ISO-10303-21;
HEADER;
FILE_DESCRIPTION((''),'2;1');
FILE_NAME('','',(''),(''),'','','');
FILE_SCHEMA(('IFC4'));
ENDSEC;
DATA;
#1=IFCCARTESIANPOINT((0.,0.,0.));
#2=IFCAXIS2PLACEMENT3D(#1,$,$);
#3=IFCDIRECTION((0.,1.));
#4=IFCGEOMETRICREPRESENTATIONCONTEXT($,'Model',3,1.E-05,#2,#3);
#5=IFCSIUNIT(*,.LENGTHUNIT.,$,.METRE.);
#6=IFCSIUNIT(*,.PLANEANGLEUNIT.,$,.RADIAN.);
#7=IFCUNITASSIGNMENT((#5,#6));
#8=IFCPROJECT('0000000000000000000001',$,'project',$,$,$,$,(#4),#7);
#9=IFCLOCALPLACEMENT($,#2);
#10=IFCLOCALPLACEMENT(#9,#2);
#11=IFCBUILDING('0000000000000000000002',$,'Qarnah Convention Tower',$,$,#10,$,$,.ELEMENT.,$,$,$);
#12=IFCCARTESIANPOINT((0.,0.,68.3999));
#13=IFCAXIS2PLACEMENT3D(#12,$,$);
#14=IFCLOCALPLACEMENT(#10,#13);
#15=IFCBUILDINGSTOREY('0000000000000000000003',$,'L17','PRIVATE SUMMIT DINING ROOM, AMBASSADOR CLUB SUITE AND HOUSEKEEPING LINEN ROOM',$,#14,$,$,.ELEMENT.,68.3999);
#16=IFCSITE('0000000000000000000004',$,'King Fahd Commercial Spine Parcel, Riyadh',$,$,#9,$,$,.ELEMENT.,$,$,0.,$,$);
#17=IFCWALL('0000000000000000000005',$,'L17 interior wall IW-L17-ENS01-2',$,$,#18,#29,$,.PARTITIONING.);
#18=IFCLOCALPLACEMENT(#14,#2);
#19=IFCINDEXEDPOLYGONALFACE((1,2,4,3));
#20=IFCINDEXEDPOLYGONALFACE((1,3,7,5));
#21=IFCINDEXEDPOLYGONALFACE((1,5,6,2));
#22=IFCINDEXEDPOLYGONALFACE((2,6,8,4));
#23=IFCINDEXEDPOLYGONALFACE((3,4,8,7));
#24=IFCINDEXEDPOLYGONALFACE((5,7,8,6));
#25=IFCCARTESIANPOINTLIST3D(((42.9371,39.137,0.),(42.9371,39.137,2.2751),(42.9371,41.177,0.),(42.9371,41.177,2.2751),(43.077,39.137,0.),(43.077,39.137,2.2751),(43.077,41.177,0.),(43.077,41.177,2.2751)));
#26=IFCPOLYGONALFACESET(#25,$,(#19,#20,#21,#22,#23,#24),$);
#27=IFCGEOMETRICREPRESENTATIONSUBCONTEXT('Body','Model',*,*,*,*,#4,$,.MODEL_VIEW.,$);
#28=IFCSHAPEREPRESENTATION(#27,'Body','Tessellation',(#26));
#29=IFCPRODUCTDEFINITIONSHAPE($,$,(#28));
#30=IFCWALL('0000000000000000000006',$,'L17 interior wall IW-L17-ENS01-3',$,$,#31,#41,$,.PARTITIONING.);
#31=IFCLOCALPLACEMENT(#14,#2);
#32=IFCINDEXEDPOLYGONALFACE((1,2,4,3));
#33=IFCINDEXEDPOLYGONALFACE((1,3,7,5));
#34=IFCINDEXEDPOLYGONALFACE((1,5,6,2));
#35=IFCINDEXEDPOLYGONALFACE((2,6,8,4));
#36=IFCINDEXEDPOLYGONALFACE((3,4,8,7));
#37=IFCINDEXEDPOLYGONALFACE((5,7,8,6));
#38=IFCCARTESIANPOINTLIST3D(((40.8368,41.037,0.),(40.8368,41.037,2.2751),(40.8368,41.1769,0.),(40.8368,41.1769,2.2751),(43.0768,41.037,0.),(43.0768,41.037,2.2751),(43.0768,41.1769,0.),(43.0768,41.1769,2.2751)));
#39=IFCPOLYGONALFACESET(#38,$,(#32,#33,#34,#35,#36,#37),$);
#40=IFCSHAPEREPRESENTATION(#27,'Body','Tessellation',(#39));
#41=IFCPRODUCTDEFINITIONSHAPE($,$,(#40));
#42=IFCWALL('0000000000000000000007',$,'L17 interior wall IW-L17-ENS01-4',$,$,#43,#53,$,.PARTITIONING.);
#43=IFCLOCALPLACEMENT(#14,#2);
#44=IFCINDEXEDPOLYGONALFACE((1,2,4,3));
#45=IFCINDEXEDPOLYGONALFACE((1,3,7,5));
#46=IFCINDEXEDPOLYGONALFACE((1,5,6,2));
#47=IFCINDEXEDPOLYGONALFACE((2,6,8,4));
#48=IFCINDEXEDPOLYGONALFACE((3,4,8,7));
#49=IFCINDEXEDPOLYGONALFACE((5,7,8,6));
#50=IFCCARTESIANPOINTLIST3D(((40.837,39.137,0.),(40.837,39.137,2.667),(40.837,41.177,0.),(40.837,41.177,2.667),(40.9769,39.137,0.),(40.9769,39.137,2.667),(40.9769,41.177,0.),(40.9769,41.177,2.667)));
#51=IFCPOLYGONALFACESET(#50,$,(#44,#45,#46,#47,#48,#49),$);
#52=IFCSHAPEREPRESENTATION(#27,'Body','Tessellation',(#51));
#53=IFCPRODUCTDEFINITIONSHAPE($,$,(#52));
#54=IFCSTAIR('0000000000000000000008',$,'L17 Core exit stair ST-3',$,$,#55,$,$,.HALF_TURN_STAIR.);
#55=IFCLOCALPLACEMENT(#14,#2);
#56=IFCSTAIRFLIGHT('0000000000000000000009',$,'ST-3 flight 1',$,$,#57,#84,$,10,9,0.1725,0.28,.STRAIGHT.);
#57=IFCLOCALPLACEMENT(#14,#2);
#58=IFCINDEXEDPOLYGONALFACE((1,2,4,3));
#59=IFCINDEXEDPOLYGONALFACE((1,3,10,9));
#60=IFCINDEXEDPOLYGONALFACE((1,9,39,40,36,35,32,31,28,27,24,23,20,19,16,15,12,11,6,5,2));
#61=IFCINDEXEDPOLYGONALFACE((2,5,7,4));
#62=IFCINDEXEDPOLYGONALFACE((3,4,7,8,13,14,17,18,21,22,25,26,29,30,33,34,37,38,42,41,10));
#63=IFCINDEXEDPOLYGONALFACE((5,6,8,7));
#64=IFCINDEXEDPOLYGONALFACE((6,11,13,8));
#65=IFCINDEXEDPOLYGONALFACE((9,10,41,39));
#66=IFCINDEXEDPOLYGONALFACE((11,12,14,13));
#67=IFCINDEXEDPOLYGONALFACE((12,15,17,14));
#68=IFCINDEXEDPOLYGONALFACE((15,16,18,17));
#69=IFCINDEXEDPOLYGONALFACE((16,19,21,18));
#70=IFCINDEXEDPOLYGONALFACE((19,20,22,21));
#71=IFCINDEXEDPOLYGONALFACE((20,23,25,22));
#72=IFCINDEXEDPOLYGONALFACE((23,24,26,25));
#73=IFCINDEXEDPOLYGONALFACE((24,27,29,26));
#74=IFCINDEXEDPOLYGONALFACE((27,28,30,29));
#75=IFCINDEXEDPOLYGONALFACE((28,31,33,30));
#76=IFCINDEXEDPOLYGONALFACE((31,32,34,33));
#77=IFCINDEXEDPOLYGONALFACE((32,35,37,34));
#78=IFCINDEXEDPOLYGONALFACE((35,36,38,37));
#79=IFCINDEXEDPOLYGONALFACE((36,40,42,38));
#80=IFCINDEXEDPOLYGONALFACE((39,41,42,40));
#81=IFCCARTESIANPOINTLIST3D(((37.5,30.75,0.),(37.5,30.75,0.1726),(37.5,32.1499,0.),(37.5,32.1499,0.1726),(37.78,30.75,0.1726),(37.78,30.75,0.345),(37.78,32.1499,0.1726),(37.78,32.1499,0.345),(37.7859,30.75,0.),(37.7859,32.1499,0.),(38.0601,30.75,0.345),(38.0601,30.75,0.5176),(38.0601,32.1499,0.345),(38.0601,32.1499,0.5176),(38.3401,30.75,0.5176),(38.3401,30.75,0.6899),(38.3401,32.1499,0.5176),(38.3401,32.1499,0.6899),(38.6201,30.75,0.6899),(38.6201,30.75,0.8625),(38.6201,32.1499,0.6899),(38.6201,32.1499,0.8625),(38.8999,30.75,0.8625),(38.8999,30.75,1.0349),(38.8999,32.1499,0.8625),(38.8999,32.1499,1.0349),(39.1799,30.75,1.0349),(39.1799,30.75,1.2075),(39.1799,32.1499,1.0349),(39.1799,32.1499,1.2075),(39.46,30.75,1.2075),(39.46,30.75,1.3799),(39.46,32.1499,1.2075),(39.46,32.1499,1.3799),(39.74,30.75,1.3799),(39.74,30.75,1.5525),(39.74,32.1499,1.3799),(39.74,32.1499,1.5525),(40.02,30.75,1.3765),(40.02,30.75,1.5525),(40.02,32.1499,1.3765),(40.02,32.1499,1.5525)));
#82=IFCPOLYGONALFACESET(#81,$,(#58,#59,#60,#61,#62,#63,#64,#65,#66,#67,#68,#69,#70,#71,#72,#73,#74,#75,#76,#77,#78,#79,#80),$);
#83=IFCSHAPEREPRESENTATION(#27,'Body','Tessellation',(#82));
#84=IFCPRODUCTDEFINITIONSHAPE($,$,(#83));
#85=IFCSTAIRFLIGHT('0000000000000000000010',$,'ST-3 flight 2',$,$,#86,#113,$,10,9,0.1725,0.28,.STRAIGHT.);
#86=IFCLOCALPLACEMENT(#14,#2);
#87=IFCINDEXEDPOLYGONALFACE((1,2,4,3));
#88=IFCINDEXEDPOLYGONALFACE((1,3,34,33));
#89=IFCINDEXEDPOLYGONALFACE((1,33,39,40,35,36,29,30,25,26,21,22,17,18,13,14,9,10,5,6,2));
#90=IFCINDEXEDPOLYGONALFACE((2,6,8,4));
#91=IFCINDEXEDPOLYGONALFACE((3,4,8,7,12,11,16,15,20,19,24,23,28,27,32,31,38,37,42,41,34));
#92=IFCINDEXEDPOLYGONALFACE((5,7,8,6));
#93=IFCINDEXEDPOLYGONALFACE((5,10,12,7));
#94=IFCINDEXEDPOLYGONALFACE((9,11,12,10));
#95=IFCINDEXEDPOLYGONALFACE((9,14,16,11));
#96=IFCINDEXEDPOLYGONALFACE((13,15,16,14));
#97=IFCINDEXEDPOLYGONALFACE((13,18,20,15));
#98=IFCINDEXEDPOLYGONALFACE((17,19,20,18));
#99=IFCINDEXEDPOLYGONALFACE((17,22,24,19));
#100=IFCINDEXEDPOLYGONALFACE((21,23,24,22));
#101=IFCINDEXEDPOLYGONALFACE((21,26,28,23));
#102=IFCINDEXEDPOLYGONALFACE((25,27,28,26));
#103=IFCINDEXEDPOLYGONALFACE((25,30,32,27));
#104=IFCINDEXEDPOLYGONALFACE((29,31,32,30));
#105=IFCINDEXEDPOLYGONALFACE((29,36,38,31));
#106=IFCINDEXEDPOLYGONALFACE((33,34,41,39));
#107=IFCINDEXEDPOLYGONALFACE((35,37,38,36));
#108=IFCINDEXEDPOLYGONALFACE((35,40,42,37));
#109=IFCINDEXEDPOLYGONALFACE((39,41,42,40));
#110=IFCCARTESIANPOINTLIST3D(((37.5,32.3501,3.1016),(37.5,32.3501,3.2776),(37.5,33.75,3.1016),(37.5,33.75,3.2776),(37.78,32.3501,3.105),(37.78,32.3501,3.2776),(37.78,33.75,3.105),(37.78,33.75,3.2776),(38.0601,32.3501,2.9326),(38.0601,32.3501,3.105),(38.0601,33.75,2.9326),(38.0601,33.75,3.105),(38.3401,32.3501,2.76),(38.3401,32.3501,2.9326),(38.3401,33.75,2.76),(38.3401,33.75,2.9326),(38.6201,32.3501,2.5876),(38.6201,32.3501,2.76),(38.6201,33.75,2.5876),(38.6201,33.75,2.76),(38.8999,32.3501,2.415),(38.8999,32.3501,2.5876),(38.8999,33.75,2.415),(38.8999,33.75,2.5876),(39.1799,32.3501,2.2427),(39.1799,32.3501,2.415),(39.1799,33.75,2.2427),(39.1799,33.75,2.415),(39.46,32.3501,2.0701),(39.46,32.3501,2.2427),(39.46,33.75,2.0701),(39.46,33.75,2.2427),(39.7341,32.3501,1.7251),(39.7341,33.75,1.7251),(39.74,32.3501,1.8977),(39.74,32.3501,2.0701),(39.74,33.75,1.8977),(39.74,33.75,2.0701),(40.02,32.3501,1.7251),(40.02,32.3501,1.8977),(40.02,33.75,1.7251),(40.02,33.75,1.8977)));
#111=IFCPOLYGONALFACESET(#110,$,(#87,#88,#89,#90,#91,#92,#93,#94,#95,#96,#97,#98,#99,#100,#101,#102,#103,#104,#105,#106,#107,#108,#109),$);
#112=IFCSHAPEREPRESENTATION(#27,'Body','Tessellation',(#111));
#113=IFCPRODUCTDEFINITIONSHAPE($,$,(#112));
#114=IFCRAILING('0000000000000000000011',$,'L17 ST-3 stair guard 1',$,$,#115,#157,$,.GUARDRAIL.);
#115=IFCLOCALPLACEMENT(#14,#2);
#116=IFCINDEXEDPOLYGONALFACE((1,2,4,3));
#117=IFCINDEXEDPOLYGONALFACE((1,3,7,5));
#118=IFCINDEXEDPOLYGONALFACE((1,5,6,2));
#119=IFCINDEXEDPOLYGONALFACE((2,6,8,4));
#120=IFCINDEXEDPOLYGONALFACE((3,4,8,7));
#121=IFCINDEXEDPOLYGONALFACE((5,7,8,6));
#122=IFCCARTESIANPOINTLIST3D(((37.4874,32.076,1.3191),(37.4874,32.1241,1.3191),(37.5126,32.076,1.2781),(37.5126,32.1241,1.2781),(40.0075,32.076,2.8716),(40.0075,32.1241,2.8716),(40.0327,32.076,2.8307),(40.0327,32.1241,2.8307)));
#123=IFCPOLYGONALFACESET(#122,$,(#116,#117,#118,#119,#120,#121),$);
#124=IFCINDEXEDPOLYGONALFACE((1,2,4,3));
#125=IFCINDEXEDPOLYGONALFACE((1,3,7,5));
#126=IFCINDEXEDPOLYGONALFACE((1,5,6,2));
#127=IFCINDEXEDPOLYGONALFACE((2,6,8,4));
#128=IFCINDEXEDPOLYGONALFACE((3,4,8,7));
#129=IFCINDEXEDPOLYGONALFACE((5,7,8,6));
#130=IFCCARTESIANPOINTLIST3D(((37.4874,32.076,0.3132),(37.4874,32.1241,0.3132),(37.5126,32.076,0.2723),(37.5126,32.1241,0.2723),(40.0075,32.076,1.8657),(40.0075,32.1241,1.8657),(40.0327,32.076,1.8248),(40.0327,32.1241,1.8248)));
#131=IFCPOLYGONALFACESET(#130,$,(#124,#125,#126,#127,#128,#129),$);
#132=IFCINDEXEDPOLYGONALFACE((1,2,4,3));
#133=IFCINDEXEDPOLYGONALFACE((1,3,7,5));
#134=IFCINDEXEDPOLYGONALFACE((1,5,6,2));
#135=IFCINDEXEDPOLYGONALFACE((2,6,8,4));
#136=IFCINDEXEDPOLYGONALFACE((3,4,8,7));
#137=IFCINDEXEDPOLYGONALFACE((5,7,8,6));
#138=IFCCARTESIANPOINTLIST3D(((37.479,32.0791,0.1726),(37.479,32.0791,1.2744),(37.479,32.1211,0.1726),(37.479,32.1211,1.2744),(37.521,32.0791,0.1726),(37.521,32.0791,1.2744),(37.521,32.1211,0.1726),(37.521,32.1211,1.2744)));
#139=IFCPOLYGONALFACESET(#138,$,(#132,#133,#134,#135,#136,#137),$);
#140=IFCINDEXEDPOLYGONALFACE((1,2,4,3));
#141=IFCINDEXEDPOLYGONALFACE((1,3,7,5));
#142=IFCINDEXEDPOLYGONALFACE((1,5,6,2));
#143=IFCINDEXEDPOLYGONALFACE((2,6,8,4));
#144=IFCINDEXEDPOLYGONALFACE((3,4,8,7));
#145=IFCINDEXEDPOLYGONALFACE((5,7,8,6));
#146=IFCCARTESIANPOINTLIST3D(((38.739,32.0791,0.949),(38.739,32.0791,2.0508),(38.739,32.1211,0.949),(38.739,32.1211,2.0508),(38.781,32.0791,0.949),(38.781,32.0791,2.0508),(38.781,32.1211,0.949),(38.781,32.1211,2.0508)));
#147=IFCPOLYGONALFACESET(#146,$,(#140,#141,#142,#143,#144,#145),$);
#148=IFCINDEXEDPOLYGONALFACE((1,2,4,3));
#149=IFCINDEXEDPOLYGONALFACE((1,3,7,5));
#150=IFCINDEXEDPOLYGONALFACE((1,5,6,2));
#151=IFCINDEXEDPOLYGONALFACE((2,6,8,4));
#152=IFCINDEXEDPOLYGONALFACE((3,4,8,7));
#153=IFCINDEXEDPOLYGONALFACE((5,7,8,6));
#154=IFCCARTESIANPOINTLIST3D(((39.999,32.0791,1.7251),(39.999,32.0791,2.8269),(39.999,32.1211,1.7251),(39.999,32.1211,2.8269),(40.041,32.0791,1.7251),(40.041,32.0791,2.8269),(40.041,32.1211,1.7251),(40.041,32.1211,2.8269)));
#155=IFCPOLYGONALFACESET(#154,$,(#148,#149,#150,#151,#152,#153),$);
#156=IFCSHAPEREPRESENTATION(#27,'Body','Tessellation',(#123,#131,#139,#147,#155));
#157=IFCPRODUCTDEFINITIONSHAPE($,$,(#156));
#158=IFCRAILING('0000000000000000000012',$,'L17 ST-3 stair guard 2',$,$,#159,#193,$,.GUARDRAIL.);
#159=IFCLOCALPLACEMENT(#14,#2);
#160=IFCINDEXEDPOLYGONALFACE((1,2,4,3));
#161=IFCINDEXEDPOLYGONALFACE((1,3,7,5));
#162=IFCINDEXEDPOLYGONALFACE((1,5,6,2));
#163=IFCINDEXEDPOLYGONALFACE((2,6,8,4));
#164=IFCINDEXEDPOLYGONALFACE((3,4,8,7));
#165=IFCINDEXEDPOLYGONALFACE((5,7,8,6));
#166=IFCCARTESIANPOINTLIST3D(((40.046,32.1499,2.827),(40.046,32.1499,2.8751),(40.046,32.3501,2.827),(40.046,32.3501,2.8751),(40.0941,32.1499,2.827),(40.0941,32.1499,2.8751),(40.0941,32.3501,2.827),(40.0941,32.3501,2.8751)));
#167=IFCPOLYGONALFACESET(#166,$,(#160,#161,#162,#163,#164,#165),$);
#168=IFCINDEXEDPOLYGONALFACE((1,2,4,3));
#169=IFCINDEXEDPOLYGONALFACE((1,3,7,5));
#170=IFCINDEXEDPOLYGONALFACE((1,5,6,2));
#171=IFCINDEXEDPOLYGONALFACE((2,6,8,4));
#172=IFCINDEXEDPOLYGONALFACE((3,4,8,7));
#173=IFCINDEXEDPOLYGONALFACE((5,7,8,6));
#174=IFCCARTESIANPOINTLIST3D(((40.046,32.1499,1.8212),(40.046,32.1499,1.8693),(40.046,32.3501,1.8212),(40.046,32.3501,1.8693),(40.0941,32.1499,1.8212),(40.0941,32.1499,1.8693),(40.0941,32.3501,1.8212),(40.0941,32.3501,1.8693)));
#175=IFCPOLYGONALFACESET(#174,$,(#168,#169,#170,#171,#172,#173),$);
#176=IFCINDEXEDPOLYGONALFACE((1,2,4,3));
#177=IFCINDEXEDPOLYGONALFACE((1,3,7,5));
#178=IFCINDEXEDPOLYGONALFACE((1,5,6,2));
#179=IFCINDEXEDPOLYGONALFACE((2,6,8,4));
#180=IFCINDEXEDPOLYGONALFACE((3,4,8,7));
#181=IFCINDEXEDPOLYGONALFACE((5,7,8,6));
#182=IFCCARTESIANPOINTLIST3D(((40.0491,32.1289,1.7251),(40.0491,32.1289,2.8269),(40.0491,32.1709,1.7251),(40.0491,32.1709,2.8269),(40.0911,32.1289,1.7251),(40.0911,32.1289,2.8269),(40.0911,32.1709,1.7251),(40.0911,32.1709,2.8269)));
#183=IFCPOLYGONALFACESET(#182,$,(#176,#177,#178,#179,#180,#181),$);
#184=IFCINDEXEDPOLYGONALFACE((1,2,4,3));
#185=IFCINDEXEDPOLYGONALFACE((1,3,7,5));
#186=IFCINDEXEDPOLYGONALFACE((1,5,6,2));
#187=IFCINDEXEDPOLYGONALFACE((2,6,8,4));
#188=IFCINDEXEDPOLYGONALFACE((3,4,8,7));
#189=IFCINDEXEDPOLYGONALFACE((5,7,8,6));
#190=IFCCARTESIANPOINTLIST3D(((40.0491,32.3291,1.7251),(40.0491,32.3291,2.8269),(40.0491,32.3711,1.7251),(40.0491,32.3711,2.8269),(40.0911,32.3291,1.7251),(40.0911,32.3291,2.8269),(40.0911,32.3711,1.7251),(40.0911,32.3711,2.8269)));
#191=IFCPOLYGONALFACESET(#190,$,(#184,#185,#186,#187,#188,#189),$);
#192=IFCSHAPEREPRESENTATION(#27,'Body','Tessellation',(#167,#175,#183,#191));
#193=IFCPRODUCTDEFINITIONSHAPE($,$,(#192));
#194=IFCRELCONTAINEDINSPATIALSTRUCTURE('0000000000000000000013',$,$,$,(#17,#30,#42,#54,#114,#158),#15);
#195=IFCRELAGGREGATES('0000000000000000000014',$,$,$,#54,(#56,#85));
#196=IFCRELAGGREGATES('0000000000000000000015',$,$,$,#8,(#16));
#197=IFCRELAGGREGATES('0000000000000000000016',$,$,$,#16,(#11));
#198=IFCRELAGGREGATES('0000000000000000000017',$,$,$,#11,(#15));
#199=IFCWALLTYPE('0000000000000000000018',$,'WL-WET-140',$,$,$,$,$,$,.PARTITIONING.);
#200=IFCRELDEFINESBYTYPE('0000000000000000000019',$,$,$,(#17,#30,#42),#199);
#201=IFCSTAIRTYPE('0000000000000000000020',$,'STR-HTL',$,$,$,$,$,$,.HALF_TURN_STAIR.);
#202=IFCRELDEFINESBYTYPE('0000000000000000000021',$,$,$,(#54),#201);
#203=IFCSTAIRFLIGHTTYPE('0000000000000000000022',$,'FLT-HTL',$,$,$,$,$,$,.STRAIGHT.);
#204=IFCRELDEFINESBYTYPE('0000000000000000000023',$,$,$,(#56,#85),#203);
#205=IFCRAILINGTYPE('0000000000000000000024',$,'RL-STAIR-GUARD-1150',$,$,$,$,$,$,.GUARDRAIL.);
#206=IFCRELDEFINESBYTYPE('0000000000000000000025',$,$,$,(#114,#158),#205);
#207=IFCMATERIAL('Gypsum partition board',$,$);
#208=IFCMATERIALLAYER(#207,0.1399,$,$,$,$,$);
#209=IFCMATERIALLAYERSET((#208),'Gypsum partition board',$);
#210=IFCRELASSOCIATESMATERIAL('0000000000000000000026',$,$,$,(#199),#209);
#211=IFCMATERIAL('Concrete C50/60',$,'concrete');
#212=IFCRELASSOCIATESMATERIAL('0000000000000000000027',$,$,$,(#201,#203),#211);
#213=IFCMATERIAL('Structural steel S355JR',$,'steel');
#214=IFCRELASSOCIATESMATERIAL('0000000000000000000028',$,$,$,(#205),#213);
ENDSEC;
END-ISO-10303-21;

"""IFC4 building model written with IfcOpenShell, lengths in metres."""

from ifc_helpers import new_model, si_unit, direction, frame, frame_2d, origin, origin_2d, place, context, subcontext, project, spatial, polyline, rectangle, outline, extrude, material, layer, layer_set, type_object, element, aggregate, save


model = new_model("IFC4")

# Units and contexts
model_context = context("Model", 3, precision=1e-05, world=origin(), true_north=direction((0.0, 1.0)))
body_context = subcontext(model_context, "Body", "Model", "MODEL_VIEW")
ifc_project = project(units=[si_unit("LENGTHUNIT", "METRE"), si_unit("PLANEANGLEUNIT", "RADIAN")], contexts=[model_context])

# Site, building, storey
site_placement = place(None, origin())
site = spatial("IfcSite", under=ifc_project, at=site_placement, Name="King Fahd Commercial Spine Parcel, Riyadh", CompositionType="ELEMENT", RefElevation=0.0)
building_placement = place(site_placement, origin())
building = spatial("IfcBuilding", under=site, at=building_placement, Name="Qarnah Convention Tower", CompositionType="ELEMENT")
storey_placement = place(building_placement, frame((0.0, 0.0, 68.3999)))
storey = spatial("IfcBuildingStorey", under=building, at=storey_placement, Name="L17", Description="PRIVATE SUMMIT DINING ROOM, AMBASSADOR CLUB SUITE AND HOUSEKEEPING LINEN ROOM", CompositionType="ELEMENT", Elevation=68.3999)

# Shared definitions
ifc_material_1 = material(Name="Structural steel S355JR", Category="steel")

# Shared definitions
ifc_material_2 = material(Name="Gypsum partition board")

# Shared definitions
ifc_layer_1 = layer(ifc_material_2, 0.1399)
ifc_layer_set_1 = layer_set([ifc_layer_1], Name="Gypsum partition board")
wall_type_1 = type_object("IfcWallType", Name="WL-WET-140", PredefinedType="PARTITIONING", material=ifc_layer_set_1)

# Walls
wall_1_placement = place(storey_placement, frame((43.0071, 39.137, 0.0), z_axis=(0.0, 0.0, 1.0), x_axis=(0.0, 1.0, 0.0)))
element("IfcWall", 1, at=wall_1_placement, inside=storey, type_object=wall_type_1, Name="L17 interior wall IW-L17-ENS01-2", PredefinedType="PARTITIONING", context=body_context, shape_type="SweptSolid", body=[
    extrude(rectangle(XDim=2.04, YDim=0.1399, at=frame_2d((1.02, 0.0))), origin(), (0.0, 0.0, 1.0), 2.2751),
])
wall_2_placement = place(storey_placement, frame((43.0769, 41.1069, 0.0), z_axis=(0.0, 0.0, 1.0), x_axis=(-1.0, 0.0, 0.0)))
element("IfcWall", 2, at=wall_2_placement, inside=storey, type_object=wall_type_1, Name="L17 interior wall IW-L17-ENS01-3", PredefinedType="PARTITIONING", context=body_context, shape_type="SweptSolid", body=[
    extrude(rectangle(XDim=2.24, YDim=0.1399, at=frame_2d((1.1201, 0.0))), origin(), (0.0, 0.0, 1.0), 2.2751),
])
wall_3_placement = place(storey_placement, frame((40.907, 41.177, 0.0), z_axis=(0.0, 0.0, 1.0), x_axis=(0.0, -1.0, 0.0)))
element("IfcWall", 3, at=wall_3_placement, inside=storey, type_object=wall_type_1, Name="L17 interior wall IW-L17-ENS01-4", PredefinedType="PARTITIONING", context=body_context, shape_type="SweptSolid", body=[
    extrude(rectangle(XDim=2.04, YDim=0.1399, at=frame_2d((1.02, 0.0))), origin(), (0.0, 0.0, 1.0), 2.667),
])

# Stair, stair flights
ifc_material_3 = material(Name="Concrete C50/60", Category="concrete")
stair_type = type_object("IfcStairType", Name="STR-HTL", PredefinedType="HALF_TURN_STAIR", material=ifc_material_3)
stair_placement = place(storey_placement, origin())
stair = element("IfcStair", 4, at=stair_placement, inside=storey, type_object=stair_type, Name="L17 Core exit stair ST-3", PredefinedType="HALF_TURN_STAIR")
stair_flight_type = type_object("IfcStairFlightType", Name="FLT-HTL", PredefinedType="STRAIGHT", material=ifc_material_3)
stair_flight_1_placement = place(storey_placement, frame((37.5, 31.45, 0.0), z_axis=(0.0, 0.0, 1.0), x_axis=(1.0, 0.0, 0.0)))
stair_flight_1 = element("IfcStairFlight", 5, at=stair_flight_1_placement, type_object=stair_flight_type, Name="ST-3 flight 1", NumberOfRisers=10, NumberOfTreads=9, PredefinedType="STRAIGHT", RiserHeight=0.1725, TreadLength=0.28, context=body_context, shape_type="SweptSolid", body=[
    extrude(outline(polyline([(0.0, 0.0), (0.0, 0.1726), (0.28, 0.1726), (0.28, 0.345), (0.5601, 0.345), (0.5601, 0.5176), (0.8401, 0.5176), (0.8401, 0.6899), (1.1201, 0.6899), (1.1201, 0.8625), (1.3999, 0.8625), (1.3999, 1.0349), (1.6799, 1.0349), (1.6799, 1.2075), (1.96, 1.2075), (1.96, 1.3799), (2.24, 1.3799), (2.24, 1.5525), (2.52, 1.5525), (2.52, 1.7251), (2.52, 1.3765), (0.2859, 0.0), (0.0, 0.0)])), frame((0.0, 0.7, 0.0), z_axis=(0.0, -1.0, 0.0), x_axis=(1.0, 0.0, 0.0)), (0.0, 0.0, 1.0), 1.3999),
])
stair_flight_2_placement = place(storey_placement, frame((40.02, 33.05, 1.7251), z_axis=(0.0, 0.0, 1.0), x_axis=(-1.0, 0.0, 0.0)))
stair_flight_2 = element("IfcStairFlight", 6, at=stair_flight_2_placement, type_object=stair_flight_type, Name="ST-3 flight 2", NumberOfRisers=10, NumberOfTreads=9, PredefinedType="STRAIGHT", RiserHeight=0.1725, TreadLength=0.28, context=body_context, shape_type="SweptSolid", body=[
    extrude(outline(polyline([(0.0, 0.0), (0.0, 0.1726), (0.28, 0.1726), (0.28, 0.345), (0.5601, 0.345), (0.5601, 0.5176), (0.8401, 0.5176), (0.8401, 0.6899), (1.1201, 0.6899), (1.1201, 0.8625), (1.3999, 0.8625), (1.3999, 1.0349), (1.6799, 1.0349), (1.6799, 1.2075), (1.96, 1.2075), (1.96, 1.3799), (2.24, 1.3799), (2.24, 1.5525), (2.52, 1.5525), (2.52, 1.7251), (2.52, 1.3765), (0.2859, 0.0), (0.0, 0.0)])), frame((0.0, 0.7, 0.0), z_axis=(0.0, -1.0, 0.0), x_axis=(1.0, 0.0, 0.0)), (0.0, 0.0, 1.0), 1.3999),
])
aggregate(stair, [stair_flight_1, stair_flight_2])

# Railings
railing_type_1 = type_object("IfcRailingType", Name="RL-STAIR-GUARD-1150", PredefinedType="GUARDRAIL", material=ifc_material_1)
railing_1_placement = place(storey_placement, frame((37.5, 32.1001, 0.1726)))
element("IfcRailing", 7, at=railing_1_placement, inside=storey, type_object=railing_type_1, Name="L17 ST-3 stair guard 1", PredefinedType="GUARDRAIL", context=body_context, shape_type="SweptSolid", body=[
    extrude(rectangle(XDim=0.0481, YDim=0.0481, at=origin_2d()), frame((0.0, 0.0, 1.126), z_axis=(0.8514, 0.0, 0.524516), x_axis=(0.0, 1.0, 0.0)), (0.0, 0.0, 1.0), 2.96),
    extrude(rectangle(XDim=0.0481, YDim=0.0481, at=origin_2d()), frame((0.0, 0.0, 0.1201), z_axis=(0.8514, 0.0, 0.524516), x_axis=(0.0, 1.0, 0.0)), (0.0, 0.0, 1.0), 2.96),
    extrude(rectangle(XDim=0.042, YDim=0.042, at=origin_2d()), origin(), (0.0, 0.0, 1.0), 1.1018),
    extrude(rectangle(XDim=0.042, YDim=0.042, at=origin_2d()), frame((1.26, 0.0, 0.7764)), (0.0, 0.0, 1.0), 1.1018),
    extrude(rectangle(XDim=0.042, YDim=0.042, at=origin_2d()), frame((2.52, 0.0, 1.5525)), (0.0, 0.0, 1.0), 1.1018),
])
railing_2_placement = place(storey_placement, frame((40.0701, 32.1499, 1.7251)))
element("IfcRailing", 8, at=railing_2_placement, inside=storey, type_object=railing_type_1, Name="L17 ST-3 stair guard 2", PredefinedType="GUARDRAIL", context=body_context, shape_type="SweptSolid", body=[
    extrude(rectangle(XDim=0.0481, YDim=0.0481, at=origin_2d()), frame((0.0, 0.0, 1.126), z_axis=(0.0, 1.0, 0.0), x_axis=(-1.0, 0.0, 0.0)), (0.0, 0.0, 1.0), 0.2002),
    extrude(rectangle(XDim=0.0481, YDim=0.0481, at=origin_2d()), frame((0.0, 0.0, 0.1201), z_axis=(0.0, 1.0, 0.0), x_axis=(-1.0, 0.0, 0.0)), (0.0, 0.0, 1.0), 0.2002),
    extrude(rectangle(XDim=0.042, YDim=0.042, at=origin_2d()), origin(), (0.0, 0.0, 1.0), 1.1018),
    extrude(rectangle(XDim=0.042, YDim=0.042, at=origin_2d()), frame((0.0, 0.2002, 0.0)), (0.0, 0.0, 1.0), 1.1018),
])

save(model, "model.ifc")
